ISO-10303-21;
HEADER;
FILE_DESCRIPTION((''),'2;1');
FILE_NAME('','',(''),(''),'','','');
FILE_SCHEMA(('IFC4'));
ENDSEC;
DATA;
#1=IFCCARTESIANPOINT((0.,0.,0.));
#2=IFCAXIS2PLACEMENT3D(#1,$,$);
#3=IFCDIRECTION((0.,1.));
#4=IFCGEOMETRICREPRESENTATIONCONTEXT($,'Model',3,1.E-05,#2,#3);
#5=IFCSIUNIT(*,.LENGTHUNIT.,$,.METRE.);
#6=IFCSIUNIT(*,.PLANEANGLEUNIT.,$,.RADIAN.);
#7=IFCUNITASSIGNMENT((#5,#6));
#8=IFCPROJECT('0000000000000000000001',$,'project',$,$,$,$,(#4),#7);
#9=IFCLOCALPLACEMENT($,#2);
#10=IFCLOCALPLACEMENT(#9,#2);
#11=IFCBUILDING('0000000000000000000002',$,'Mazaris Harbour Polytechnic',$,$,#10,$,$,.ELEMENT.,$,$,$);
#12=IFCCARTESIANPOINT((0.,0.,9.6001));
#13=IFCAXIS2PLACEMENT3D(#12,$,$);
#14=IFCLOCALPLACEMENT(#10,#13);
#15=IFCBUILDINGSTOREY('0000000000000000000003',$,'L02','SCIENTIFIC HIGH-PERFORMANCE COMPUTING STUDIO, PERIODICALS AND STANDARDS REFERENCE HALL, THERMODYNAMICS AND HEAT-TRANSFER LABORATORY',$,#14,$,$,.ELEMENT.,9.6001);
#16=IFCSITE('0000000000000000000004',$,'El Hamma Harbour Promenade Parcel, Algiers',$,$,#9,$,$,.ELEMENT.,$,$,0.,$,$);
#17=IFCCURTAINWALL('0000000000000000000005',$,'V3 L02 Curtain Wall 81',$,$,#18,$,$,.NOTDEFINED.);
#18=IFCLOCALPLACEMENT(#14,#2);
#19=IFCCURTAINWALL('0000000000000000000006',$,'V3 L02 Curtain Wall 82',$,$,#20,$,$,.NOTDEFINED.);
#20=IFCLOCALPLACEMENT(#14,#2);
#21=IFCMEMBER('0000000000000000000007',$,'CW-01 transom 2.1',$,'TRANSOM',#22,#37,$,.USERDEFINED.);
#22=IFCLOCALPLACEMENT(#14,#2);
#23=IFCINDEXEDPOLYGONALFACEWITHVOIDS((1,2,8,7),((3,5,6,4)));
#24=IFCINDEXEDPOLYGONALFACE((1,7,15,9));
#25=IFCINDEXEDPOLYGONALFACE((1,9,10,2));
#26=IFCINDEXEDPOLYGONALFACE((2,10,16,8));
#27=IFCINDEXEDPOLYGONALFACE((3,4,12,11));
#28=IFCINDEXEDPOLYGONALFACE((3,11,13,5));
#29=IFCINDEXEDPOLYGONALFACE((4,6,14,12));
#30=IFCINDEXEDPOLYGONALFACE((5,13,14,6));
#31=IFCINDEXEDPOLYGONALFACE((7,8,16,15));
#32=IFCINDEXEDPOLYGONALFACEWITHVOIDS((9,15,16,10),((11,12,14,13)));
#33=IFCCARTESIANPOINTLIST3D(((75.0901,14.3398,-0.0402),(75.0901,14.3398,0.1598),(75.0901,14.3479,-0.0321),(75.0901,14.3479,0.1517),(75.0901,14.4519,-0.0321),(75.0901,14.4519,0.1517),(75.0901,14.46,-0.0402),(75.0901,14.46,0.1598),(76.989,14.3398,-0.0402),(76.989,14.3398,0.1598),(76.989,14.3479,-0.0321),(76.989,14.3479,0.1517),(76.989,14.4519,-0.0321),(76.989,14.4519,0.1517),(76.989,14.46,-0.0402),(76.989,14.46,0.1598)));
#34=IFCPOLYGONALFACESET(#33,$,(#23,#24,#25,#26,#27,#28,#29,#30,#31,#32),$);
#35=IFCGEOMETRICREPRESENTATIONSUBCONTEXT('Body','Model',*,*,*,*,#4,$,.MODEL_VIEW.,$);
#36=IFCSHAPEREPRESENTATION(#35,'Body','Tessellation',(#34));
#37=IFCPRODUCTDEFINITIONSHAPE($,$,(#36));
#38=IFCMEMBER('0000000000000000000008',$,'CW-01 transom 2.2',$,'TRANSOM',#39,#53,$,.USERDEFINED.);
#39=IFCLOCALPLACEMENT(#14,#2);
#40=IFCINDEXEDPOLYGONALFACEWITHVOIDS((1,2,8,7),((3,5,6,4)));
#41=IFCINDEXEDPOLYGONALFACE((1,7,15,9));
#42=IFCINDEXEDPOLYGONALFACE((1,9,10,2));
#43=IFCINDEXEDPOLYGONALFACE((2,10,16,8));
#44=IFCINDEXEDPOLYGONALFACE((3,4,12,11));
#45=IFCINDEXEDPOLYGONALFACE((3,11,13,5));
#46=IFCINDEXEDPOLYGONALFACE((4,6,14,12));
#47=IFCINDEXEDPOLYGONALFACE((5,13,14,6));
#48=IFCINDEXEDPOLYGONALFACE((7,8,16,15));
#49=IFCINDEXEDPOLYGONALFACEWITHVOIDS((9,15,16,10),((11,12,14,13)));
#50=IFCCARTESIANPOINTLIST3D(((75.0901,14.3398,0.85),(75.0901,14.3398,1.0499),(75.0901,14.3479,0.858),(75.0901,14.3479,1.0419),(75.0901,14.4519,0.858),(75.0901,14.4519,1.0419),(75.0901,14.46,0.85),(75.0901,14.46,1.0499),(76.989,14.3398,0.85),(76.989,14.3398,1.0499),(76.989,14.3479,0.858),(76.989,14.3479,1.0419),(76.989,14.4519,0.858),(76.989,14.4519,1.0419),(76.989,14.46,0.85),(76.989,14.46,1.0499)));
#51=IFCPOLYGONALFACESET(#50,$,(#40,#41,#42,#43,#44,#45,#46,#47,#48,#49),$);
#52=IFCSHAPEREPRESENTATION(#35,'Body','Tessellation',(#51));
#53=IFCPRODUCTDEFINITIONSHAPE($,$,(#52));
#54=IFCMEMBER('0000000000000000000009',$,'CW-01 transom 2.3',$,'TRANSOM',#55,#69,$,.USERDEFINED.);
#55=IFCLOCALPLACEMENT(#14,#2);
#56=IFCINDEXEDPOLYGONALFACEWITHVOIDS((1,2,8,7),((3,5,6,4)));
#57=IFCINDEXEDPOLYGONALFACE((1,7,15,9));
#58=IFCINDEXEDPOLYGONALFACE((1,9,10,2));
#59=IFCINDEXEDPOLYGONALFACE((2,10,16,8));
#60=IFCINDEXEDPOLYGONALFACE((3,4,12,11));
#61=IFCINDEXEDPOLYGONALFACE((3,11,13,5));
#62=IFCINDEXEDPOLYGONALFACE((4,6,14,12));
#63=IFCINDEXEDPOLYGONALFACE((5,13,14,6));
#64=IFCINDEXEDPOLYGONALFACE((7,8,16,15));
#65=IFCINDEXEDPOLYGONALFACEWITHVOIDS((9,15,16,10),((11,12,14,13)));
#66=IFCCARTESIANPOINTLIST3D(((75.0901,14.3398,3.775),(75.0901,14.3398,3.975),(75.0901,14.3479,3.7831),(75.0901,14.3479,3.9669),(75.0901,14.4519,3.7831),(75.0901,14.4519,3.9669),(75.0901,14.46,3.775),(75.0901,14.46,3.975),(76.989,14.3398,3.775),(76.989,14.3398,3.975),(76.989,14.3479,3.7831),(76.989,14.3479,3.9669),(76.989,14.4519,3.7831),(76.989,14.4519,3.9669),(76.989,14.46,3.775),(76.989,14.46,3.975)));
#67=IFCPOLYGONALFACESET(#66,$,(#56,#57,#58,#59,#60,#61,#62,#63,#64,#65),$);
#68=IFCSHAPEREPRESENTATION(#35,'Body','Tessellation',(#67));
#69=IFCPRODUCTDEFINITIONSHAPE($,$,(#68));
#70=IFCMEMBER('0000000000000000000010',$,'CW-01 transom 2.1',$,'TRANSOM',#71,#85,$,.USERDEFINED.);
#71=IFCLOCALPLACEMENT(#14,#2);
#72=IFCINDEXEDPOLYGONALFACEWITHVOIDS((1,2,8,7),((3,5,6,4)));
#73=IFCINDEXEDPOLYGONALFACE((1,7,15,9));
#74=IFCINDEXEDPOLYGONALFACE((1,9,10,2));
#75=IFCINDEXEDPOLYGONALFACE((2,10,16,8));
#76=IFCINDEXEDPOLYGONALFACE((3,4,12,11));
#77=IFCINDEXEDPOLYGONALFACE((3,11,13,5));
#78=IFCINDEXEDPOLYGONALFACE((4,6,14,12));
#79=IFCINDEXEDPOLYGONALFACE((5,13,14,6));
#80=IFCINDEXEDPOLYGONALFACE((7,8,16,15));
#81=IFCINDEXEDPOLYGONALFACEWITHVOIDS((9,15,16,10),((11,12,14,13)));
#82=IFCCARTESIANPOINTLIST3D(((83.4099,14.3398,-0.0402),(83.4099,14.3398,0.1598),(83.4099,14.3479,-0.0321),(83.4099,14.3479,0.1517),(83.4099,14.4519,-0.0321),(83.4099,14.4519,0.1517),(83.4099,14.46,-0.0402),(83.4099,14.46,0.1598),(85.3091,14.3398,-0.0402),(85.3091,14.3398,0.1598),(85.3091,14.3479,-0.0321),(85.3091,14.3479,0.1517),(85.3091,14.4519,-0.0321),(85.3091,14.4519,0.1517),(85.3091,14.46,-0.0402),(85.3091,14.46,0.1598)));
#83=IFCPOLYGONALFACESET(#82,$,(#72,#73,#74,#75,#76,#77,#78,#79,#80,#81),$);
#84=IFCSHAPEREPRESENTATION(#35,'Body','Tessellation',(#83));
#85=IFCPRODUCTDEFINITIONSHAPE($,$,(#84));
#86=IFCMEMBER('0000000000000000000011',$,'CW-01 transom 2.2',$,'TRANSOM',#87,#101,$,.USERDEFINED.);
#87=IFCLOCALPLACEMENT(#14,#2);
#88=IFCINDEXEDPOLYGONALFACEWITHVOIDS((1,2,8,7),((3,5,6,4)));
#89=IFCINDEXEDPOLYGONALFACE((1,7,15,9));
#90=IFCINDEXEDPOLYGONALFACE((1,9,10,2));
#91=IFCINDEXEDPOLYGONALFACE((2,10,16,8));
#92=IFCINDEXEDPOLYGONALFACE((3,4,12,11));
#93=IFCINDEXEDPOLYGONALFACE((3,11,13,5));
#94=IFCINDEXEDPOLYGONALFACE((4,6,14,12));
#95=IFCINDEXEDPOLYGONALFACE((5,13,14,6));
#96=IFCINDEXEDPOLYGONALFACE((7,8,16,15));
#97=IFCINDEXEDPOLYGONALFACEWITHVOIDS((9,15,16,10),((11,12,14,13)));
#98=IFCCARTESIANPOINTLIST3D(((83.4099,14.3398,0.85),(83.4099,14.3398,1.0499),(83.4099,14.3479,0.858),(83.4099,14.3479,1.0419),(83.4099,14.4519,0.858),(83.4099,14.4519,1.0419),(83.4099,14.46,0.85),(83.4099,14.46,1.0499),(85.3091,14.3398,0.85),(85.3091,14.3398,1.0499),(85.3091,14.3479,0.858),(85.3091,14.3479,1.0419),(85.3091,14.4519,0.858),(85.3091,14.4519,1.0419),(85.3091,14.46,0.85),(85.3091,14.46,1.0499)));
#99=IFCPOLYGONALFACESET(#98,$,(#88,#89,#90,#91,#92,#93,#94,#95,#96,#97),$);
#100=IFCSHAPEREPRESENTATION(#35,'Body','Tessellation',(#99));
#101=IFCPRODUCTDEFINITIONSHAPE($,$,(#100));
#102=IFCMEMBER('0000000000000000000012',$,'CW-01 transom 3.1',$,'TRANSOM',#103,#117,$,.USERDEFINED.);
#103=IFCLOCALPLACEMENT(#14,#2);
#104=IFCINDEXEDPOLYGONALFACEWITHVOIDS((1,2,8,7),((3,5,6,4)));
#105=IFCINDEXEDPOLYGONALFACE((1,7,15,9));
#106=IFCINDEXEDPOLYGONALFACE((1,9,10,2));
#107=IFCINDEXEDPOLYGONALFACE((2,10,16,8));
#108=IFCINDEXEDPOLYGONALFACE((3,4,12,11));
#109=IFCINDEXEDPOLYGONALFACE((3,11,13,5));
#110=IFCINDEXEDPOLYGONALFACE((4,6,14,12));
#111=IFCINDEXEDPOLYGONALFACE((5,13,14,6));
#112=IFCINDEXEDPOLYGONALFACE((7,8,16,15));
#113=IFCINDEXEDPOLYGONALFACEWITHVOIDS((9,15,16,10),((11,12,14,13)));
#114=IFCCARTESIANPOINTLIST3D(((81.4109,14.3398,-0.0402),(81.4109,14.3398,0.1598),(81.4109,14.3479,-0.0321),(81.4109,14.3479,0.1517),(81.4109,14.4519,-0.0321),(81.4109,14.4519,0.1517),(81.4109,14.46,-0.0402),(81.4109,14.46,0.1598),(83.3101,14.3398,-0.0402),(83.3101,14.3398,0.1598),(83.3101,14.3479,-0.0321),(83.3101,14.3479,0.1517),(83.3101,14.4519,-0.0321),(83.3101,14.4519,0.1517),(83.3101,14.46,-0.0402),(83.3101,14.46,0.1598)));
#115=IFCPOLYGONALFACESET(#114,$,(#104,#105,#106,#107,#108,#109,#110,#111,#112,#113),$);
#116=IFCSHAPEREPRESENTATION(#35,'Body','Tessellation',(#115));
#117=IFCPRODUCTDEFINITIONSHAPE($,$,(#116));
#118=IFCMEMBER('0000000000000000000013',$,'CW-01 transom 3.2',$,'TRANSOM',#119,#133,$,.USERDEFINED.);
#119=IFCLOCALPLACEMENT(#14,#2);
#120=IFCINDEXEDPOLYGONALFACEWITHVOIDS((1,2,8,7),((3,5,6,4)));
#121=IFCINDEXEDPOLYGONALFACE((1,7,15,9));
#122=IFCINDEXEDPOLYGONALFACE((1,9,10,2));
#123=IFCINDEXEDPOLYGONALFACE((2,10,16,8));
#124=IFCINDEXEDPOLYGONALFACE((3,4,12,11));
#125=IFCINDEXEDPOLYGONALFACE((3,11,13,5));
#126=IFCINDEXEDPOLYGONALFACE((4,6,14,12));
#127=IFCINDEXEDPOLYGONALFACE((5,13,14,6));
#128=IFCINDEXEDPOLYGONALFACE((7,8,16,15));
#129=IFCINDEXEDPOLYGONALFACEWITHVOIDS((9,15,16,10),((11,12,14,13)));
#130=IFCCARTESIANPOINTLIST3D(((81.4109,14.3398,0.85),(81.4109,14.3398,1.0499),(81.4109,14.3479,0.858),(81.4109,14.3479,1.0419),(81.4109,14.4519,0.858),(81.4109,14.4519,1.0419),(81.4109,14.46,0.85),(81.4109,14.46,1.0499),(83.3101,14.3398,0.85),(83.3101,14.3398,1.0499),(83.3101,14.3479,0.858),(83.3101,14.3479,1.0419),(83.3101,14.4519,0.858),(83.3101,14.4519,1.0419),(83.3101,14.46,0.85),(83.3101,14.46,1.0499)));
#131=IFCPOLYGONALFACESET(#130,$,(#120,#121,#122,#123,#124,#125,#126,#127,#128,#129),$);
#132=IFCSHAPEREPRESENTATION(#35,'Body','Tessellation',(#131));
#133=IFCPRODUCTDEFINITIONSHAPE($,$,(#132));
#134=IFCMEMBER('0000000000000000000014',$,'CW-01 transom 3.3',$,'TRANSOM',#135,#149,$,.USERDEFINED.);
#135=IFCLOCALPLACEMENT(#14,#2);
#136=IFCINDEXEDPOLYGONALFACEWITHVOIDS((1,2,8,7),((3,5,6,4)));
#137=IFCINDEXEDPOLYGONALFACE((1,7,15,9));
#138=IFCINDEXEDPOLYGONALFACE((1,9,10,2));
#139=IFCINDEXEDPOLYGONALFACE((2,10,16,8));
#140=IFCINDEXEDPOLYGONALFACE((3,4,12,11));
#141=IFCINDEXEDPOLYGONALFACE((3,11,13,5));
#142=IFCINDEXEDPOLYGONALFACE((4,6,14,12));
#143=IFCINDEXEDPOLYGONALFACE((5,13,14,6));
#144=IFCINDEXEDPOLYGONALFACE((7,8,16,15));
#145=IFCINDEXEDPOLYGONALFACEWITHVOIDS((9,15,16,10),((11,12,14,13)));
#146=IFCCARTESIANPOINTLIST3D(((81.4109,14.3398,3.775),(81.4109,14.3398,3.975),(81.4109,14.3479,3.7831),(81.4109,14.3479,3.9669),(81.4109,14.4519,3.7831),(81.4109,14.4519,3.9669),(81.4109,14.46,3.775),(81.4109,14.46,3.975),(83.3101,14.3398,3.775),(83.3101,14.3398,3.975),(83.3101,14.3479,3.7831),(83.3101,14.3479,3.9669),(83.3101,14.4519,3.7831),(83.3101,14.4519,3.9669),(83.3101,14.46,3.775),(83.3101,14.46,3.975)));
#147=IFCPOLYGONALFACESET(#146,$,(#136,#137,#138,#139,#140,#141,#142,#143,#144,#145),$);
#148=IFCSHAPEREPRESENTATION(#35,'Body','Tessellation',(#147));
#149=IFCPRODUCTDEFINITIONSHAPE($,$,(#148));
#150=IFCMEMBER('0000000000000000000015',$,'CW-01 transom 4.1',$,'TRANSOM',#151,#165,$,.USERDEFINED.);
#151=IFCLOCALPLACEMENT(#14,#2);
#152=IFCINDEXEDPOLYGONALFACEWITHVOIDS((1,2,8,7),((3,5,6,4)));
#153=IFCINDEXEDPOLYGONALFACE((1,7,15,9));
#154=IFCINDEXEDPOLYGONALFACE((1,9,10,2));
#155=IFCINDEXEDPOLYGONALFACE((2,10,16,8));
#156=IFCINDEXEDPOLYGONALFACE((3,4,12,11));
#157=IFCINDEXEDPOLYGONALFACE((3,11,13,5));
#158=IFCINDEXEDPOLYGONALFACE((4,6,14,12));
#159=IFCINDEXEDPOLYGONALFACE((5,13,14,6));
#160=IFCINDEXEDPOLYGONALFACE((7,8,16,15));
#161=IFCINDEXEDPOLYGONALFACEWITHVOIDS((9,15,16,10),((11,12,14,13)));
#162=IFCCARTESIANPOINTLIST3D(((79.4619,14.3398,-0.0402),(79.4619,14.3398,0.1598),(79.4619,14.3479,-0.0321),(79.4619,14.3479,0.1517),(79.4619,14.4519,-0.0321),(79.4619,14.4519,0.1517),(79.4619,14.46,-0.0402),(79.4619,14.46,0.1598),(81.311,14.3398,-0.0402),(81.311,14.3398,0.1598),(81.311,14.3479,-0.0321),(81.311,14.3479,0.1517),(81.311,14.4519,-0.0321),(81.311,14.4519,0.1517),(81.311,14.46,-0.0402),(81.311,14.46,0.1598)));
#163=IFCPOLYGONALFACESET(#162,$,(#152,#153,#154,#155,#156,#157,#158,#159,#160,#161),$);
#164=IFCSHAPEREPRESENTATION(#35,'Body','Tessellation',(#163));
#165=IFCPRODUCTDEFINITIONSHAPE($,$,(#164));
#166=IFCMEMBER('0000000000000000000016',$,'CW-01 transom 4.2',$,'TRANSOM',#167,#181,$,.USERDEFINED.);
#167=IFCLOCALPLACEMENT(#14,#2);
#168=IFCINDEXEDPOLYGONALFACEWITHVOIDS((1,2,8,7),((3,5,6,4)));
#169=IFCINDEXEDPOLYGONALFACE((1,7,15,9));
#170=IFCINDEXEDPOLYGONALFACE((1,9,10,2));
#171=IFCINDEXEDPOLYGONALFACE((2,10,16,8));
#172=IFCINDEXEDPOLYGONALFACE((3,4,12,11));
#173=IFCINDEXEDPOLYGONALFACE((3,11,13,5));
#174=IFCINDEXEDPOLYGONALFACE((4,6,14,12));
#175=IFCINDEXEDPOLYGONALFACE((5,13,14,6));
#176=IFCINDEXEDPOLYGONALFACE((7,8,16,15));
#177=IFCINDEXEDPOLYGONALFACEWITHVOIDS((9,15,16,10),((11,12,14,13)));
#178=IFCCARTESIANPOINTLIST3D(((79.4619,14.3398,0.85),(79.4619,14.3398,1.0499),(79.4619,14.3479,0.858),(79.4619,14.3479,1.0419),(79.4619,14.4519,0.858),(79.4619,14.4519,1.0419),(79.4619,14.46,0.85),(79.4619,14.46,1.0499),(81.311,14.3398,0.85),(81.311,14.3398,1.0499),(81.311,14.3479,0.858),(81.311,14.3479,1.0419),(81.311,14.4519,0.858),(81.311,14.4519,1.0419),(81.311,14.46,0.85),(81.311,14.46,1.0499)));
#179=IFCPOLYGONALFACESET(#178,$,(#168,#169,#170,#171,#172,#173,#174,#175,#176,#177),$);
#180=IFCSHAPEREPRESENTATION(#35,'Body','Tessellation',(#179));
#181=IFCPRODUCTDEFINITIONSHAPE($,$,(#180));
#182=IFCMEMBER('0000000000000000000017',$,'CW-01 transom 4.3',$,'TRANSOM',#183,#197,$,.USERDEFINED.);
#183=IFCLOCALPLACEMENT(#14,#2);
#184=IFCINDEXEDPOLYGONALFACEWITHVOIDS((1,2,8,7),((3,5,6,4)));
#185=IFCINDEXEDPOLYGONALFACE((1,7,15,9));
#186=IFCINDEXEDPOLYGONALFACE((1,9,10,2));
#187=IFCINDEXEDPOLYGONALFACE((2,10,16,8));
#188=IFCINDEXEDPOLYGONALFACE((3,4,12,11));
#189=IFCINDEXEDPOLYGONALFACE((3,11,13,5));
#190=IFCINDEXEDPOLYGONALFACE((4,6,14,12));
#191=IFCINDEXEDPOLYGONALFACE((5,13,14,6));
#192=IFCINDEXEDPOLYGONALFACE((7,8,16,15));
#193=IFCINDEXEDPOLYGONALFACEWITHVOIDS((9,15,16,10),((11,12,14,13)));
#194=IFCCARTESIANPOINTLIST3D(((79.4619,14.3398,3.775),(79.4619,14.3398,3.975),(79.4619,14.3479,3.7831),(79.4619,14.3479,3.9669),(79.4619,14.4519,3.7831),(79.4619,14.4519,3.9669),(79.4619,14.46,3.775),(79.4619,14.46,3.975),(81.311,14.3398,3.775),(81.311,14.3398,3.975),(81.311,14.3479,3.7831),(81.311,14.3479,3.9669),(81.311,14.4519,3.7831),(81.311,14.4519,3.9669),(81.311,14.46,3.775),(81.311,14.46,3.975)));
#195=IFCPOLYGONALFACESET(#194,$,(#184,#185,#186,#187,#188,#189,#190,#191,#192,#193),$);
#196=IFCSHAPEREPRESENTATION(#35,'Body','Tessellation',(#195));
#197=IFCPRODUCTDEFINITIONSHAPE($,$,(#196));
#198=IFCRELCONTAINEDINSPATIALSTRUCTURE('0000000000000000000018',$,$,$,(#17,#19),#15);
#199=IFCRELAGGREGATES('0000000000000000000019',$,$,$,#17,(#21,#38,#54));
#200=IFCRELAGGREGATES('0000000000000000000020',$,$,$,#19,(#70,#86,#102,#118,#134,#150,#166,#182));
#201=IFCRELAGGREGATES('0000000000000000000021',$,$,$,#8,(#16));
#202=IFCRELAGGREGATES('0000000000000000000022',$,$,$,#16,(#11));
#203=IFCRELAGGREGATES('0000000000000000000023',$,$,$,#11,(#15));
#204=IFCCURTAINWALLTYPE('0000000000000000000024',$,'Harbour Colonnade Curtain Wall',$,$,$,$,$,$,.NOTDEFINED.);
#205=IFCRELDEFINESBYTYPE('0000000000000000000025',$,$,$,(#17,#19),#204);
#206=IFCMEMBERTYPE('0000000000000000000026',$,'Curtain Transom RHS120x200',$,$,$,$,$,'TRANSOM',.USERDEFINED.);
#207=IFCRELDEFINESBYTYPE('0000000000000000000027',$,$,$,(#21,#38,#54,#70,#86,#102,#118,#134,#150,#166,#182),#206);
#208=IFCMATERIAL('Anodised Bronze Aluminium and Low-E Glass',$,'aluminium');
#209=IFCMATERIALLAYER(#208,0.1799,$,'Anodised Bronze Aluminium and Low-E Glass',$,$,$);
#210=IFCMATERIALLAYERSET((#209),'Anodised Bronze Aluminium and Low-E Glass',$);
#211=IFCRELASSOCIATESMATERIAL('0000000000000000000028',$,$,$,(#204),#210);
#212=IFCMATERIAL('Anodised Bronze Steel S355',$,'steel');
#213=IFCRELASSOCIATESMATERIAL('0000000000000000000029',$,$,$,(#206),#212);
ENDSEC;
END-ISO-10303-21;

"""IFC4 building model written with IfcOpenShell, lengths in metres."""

from ifc_helpers import new_model, si_unit, direction, frame, origin, origin_2d, place, context, subcontext, project, spatial, hollow_rectangle, extrude, material, layer, layer_set, material_profile, profile_set, type_object, element, aggregate, save


model = new_model("IFC4")

# Units and contexts
model_context = context("Model", 3, precision=1e-05, world=origin(), true_north=direction((0.0, 1.0)))
body_context = subcontext(model_context, "Body", "Model", "MODEL_VIEW")
ifc_project = project(units=[si_unit("LENGTHUNIT", "METRE"), si_unit("PLANEANGLEUNIT", "RADIAN")], contexts=[model_context])

# Site, building, storey
site_placement = place(None, origin())
site = spatial("IfcSite", under=ifc_project, at=site_placement, Name="El Hamma Harbour Promenade Parcel, Algiers", CompositionType="ELEMENT", RefElevation=0.0)
building_placement = place(site_placement, origin())
building = spatial("IfcBuilding", under=site, at=building_placement, Name="Mazaris Harbour Polytechnic", CompositionType="ELEMENT")
storey_placement = place(building_placement, frame((0.0, 0.0, 9.6001)))
storey = spatial("IfcBuildingStorey", under=building, at=storey_placement, Name="L02", Description="SCIENTIFIC HIGH-PERFORMANCE COMPUTING STUDIO, PERIODICALS AND STANDARDS REFERENCE HALL, THERMODYNAMICS AND HEAT-TRANSFER LABORATORY", CompositionType="ELEMENT", Elevation=9.6001)

# Curtain walls
ifc_material_1 = material(Name="Anodised Bronze Aluminium and Low-E Glass", Category="aluminium")
ifc_layer_1 = layer(ifc_material_1, 0.1799, Name="Anodised Bronze Aluminium and Low-E Glass")
ifc_layer_set_1 = layer_set([ifc_layer_1], Name="Anodised Bronze Aluminium and Low-E Glass")
curtain_wall_type = type_object("IfcCurtainWallType", Name="Harbour Colonnade Curtain Wall", PredefinedType="NOTDEFINED", material=ifc_layer_set_1)
curtain_wall_1_placement = place(storey_placement, origin())
curtain_wall_1 = element("IfcCurtainWall", 1, at=curtain_wall_1_placement, inside=storey, type_object=curtain_wall_type, Name="V3 L02 Curtain Wall 81", PredefinedType="NOTDEFINED")
curtain_wall_2_placement = place(storey_placement, origin())
curtain_wall_2 = element("IfcCurtainWall", 2, at=curtain_wall_2_placement, inside=storey, type_object=curtain_wall_type, Name="V3 L02 Curtain Wall 82", PredefinedType="NOTDEFINED")

# Members
ifc_material_2 = material(Name="Anodised Bronze Steel S355", Category="steel")
ifc_material_profile_1 = material_profile(ifc_material_2, hollow_rectangle(XDim=0.1201, YDim=0.2, WallThickness=0.0081, at=origin_2d()), Name="RHS 120x200x8.0")
ifc_profile_set_1 = profile_set([ifc_material_profile_1], Name="Anodised Bronze Steel S355")
member_type_1 = type_object("IfcMemberType", Name="Curtain Transom RHS120x200", ElementType="TRANSOM", PredefinedType="USERDEFINED", material=ifc_profile_set_1)
member_1_placement = place(storey_placement, frame((76.989, 14.3999, 0.0598), z_axis=(-1.0, 0.0, 0.0), x_axis=(0.0, -1.0, 0.0)))
member_1 = element("IfcMember", 3, at=member_1_placement, type_object=member_type_1, Name="CW-01 transom 2.1", ObjectType="TRANSOM", PredefinedType="USERDEFINED", context=body_context, shape_type="SweptSolid", body=[
    extrude(hollow_rectangle(XDim=0.1201, YDim=0.2, WallThickness=0.0081, at=origin_2d()), origin(), (0.0, 0.0, 1.0), 1.8989),
])
member_2_placement = place(storey_placement, frame((76.989, 14.3999, 0.95), z_axis=(-1.0, 0.0, 0.0), x_axis=(0.0, -1.0, 0.0)))
member_2 = element("IfcMember", 4, at=member_2_placement, type_object=member_type_1, Name="CW-01 transom 2.2", ObjectType="TRANSOM", PredefinedType="USERDEFINED", context=body_context, shape_type="SweptSolid", body=[
    extrude(hollow_rectangle(XDim=0.1201, YDim=0.2, WallThickness=0.0081, at=origin_2d()), origin(), (0.0, 0.0, 1.0), 1.8989),
])
member_3_placement = place(storey_placement, frame((76.989, 14.3999, 3.875), z_axis=(-1.0, 0.0, 0.0), x_axis=(0.0, -1.0, 0.0)))
member_3 = element("IfcMember", 5, at=member_3_placement, type_object=member_type_1, Name="CW-01 transom 2.3", ObjectType="TRANSOM", PredefinedType="USERDEFINED", context=body_context, shape_type="SweptSolid", body=[
    extrude(hollow_rectangle(XDim=0.1201, YDim=0.2, WallThickness=0.0081, at=origin_2d()), origin(), (0.0, 0.0, 1.0), 1.8989),
])
member_4_placement = place(storey_placement, frame((85.3091, 14.3999, 0.0598), z_axis=(-1.0, 0.0, 0.0), x_axis=(0.0, -1.0, 0.0)))
member_4 = element("IfcMember", 6, at=member_4_placement, type_object=member_type_1, Name="CW-01 transom 2.1", ObjectType="TRANSOM", PredefinedType="USERDEFINED", context=body_context, shape_type="SweptSolid", body=[
    extrude(hollow_rectangle(XDim=0.1201, YDim=0.2, WallThickness=0.0081, at=origin_2d()), origin(), (0.0, 0.0, 1.0), 1.8992),
])
member_5_placement = place(storey_placement, frame((85.3091, 14.3999, 0.95), z_axis=(-1.0, 0.0, 0.0), x_axis=(0.0, -1.0, 0.0)))
member_5 = element("IfcMember", 7, at=member_5_placement, type_object=member_type_1, Name="CW-01 transom 2.2", ObjectType="TRANSOM", PredefinedType="USERDEFINED", context=body_context, shape_type="SweptSolid", body=[
    extrude(hollow_rectangle(XDim=0.1201, YDim=0.2, WallThickness=0.0081, at=origin_2d()), origin(), (0.0, 0.0, 1.0), 1.8992),
])
member_6_placement = place(storey_placement, frame((83.3101, 14.3999, 0.0598), z_axis=(-1.0, 0.0, 0.0), x_axis=(0.0, -1.0, 0.0)))
member_6 = element("IfcMember", 8, at=member_6_placement, type_object=member_type_1, Name="CW-01 transom 3.1", ObjectType="TRANSOM", PredefinedType="USERDEFINED", context=body_context, shape_type="SweptSolid", body=[
    extrude(hollow_rectangle(XDim=0.1201, YDim=0.2, WallThickness=0.0081, at=origin_2d()), origin(), (0.0, 0.0, 1.0), 1.8992),
])
member_7_placement = place(storey_placement, frame((83.3101, 14.3999, 0.95), z_axis=(-1.0, 0.0, 0.0), x_axis=(0.0, -1.0, 0.0)))
member_7 = element("IfcMember", 9, at=member_7_placement, type_object=member_type_1, Name="CW-01 transom 3.2", ObjectType="TRANSOM", PredefinedType="USERDEFINED", context=body_context, shape_type="SweptSolid", body=[
    extrude(hollow_rectangle(XDim=0.1201, YDim=0.2, WallThickness=0.0081, at=origin_2d()), origin(), (0.0, 0.0, 1.0), 1.8992),
])
member_8_placement = place(storey_placement, frame((83.3101, 14.3999, 3.875), z_axis=(-1.0, 0.0, 0.0), x_axis=(0.0, -1.0, 0.0)))
member_8 = element("IfcMember", 10, at=member_8_placement, type_object=member_type_1, Name="CW-01 transom 3.3", ObjectType="TRANSOM", PredefinedType="USERDEFINED", context=body_context, shape_type="SweptSolid", body=[
    extrude(hollow_rectangle(XDim=0.1201, YDim=0.2, WallThickness=0.0081, at=origin_2d()), origin(), (0.0, 0.0, 1.0), 1.8992),
])
member_9_placement = place(storey_placement, frame((81.311, 14.3999, 0.0598), z_axis=(-1.0, 0.0, 0.0), x_axis=(0.0, -1.0, 0.0)))
member_9 = element("IfcMember", 11, at=member_9_placement, type_object=member_type_1, Name="CW-01 transom 4.1", ObjectType="TRANSOM", PredefinedType="USERDEFINED", context=body_context, shape_type="SweptSolid", body=[
    extrude(hollow_rectangle(XDim=0.1201, YDim=0.2, WallThickness=0.0081, at=origin_2d()), origin(), (0.0, 0.0, 1.0), 1.8491),
])
member_10_placement = place(storey_placement, frame((81.311, 14.3999, 0.95), z_axis=(-1.0, 0.0, 0.0), x_axis=(0.0, -1.0, 0.0)))
member_10 = element("IfcMember", 12, at=member_10_placement, type_object=member_type_1, Name="CW-01 transom 4.2", ObjectType="TRANSOM", PredefinedType="USERDEFINED", context=body_context, shape_type="SweptSolid", body=[
    extrude(hollow_rectangle(XDim=0.1201, YDim=0.2, WallThickness=0.0081, at=origin_2d()), origin(), (0.0, 0.0, 1.0), 1.8491),
])
member_11_placement = place(storey_placement, frame((81.311, 14.3999, 3.875), z_axis=(-1.0, 0.0, 0.0), x_axis=(0.0, -1.0, 0.0)))
member_11 = element("IfcMember", 13, at=member_11_placement, type_object=member_type_1, Name="CW-01 transom 4.3", ObjectType="TRANSOM", PredefinedType="USERDEFINED", context=body_context, shape_type="SweptSolid", body=[
    extrude(hollow_rectangle(XDim=0.1201, YDim=0.2, WallThickness=0.0081, at=origin_2d()), origin(), (0.0, 0.0, 1.0), 1.8491),
])

aggregate(curtain_wall_1, [member_1, member_2, member_3])
aggregate(curtain_wall_2, [member_4, member_5, member_6, member_7, member_8, member_9, member_10, member_11])

save(model, "model.ifc")
